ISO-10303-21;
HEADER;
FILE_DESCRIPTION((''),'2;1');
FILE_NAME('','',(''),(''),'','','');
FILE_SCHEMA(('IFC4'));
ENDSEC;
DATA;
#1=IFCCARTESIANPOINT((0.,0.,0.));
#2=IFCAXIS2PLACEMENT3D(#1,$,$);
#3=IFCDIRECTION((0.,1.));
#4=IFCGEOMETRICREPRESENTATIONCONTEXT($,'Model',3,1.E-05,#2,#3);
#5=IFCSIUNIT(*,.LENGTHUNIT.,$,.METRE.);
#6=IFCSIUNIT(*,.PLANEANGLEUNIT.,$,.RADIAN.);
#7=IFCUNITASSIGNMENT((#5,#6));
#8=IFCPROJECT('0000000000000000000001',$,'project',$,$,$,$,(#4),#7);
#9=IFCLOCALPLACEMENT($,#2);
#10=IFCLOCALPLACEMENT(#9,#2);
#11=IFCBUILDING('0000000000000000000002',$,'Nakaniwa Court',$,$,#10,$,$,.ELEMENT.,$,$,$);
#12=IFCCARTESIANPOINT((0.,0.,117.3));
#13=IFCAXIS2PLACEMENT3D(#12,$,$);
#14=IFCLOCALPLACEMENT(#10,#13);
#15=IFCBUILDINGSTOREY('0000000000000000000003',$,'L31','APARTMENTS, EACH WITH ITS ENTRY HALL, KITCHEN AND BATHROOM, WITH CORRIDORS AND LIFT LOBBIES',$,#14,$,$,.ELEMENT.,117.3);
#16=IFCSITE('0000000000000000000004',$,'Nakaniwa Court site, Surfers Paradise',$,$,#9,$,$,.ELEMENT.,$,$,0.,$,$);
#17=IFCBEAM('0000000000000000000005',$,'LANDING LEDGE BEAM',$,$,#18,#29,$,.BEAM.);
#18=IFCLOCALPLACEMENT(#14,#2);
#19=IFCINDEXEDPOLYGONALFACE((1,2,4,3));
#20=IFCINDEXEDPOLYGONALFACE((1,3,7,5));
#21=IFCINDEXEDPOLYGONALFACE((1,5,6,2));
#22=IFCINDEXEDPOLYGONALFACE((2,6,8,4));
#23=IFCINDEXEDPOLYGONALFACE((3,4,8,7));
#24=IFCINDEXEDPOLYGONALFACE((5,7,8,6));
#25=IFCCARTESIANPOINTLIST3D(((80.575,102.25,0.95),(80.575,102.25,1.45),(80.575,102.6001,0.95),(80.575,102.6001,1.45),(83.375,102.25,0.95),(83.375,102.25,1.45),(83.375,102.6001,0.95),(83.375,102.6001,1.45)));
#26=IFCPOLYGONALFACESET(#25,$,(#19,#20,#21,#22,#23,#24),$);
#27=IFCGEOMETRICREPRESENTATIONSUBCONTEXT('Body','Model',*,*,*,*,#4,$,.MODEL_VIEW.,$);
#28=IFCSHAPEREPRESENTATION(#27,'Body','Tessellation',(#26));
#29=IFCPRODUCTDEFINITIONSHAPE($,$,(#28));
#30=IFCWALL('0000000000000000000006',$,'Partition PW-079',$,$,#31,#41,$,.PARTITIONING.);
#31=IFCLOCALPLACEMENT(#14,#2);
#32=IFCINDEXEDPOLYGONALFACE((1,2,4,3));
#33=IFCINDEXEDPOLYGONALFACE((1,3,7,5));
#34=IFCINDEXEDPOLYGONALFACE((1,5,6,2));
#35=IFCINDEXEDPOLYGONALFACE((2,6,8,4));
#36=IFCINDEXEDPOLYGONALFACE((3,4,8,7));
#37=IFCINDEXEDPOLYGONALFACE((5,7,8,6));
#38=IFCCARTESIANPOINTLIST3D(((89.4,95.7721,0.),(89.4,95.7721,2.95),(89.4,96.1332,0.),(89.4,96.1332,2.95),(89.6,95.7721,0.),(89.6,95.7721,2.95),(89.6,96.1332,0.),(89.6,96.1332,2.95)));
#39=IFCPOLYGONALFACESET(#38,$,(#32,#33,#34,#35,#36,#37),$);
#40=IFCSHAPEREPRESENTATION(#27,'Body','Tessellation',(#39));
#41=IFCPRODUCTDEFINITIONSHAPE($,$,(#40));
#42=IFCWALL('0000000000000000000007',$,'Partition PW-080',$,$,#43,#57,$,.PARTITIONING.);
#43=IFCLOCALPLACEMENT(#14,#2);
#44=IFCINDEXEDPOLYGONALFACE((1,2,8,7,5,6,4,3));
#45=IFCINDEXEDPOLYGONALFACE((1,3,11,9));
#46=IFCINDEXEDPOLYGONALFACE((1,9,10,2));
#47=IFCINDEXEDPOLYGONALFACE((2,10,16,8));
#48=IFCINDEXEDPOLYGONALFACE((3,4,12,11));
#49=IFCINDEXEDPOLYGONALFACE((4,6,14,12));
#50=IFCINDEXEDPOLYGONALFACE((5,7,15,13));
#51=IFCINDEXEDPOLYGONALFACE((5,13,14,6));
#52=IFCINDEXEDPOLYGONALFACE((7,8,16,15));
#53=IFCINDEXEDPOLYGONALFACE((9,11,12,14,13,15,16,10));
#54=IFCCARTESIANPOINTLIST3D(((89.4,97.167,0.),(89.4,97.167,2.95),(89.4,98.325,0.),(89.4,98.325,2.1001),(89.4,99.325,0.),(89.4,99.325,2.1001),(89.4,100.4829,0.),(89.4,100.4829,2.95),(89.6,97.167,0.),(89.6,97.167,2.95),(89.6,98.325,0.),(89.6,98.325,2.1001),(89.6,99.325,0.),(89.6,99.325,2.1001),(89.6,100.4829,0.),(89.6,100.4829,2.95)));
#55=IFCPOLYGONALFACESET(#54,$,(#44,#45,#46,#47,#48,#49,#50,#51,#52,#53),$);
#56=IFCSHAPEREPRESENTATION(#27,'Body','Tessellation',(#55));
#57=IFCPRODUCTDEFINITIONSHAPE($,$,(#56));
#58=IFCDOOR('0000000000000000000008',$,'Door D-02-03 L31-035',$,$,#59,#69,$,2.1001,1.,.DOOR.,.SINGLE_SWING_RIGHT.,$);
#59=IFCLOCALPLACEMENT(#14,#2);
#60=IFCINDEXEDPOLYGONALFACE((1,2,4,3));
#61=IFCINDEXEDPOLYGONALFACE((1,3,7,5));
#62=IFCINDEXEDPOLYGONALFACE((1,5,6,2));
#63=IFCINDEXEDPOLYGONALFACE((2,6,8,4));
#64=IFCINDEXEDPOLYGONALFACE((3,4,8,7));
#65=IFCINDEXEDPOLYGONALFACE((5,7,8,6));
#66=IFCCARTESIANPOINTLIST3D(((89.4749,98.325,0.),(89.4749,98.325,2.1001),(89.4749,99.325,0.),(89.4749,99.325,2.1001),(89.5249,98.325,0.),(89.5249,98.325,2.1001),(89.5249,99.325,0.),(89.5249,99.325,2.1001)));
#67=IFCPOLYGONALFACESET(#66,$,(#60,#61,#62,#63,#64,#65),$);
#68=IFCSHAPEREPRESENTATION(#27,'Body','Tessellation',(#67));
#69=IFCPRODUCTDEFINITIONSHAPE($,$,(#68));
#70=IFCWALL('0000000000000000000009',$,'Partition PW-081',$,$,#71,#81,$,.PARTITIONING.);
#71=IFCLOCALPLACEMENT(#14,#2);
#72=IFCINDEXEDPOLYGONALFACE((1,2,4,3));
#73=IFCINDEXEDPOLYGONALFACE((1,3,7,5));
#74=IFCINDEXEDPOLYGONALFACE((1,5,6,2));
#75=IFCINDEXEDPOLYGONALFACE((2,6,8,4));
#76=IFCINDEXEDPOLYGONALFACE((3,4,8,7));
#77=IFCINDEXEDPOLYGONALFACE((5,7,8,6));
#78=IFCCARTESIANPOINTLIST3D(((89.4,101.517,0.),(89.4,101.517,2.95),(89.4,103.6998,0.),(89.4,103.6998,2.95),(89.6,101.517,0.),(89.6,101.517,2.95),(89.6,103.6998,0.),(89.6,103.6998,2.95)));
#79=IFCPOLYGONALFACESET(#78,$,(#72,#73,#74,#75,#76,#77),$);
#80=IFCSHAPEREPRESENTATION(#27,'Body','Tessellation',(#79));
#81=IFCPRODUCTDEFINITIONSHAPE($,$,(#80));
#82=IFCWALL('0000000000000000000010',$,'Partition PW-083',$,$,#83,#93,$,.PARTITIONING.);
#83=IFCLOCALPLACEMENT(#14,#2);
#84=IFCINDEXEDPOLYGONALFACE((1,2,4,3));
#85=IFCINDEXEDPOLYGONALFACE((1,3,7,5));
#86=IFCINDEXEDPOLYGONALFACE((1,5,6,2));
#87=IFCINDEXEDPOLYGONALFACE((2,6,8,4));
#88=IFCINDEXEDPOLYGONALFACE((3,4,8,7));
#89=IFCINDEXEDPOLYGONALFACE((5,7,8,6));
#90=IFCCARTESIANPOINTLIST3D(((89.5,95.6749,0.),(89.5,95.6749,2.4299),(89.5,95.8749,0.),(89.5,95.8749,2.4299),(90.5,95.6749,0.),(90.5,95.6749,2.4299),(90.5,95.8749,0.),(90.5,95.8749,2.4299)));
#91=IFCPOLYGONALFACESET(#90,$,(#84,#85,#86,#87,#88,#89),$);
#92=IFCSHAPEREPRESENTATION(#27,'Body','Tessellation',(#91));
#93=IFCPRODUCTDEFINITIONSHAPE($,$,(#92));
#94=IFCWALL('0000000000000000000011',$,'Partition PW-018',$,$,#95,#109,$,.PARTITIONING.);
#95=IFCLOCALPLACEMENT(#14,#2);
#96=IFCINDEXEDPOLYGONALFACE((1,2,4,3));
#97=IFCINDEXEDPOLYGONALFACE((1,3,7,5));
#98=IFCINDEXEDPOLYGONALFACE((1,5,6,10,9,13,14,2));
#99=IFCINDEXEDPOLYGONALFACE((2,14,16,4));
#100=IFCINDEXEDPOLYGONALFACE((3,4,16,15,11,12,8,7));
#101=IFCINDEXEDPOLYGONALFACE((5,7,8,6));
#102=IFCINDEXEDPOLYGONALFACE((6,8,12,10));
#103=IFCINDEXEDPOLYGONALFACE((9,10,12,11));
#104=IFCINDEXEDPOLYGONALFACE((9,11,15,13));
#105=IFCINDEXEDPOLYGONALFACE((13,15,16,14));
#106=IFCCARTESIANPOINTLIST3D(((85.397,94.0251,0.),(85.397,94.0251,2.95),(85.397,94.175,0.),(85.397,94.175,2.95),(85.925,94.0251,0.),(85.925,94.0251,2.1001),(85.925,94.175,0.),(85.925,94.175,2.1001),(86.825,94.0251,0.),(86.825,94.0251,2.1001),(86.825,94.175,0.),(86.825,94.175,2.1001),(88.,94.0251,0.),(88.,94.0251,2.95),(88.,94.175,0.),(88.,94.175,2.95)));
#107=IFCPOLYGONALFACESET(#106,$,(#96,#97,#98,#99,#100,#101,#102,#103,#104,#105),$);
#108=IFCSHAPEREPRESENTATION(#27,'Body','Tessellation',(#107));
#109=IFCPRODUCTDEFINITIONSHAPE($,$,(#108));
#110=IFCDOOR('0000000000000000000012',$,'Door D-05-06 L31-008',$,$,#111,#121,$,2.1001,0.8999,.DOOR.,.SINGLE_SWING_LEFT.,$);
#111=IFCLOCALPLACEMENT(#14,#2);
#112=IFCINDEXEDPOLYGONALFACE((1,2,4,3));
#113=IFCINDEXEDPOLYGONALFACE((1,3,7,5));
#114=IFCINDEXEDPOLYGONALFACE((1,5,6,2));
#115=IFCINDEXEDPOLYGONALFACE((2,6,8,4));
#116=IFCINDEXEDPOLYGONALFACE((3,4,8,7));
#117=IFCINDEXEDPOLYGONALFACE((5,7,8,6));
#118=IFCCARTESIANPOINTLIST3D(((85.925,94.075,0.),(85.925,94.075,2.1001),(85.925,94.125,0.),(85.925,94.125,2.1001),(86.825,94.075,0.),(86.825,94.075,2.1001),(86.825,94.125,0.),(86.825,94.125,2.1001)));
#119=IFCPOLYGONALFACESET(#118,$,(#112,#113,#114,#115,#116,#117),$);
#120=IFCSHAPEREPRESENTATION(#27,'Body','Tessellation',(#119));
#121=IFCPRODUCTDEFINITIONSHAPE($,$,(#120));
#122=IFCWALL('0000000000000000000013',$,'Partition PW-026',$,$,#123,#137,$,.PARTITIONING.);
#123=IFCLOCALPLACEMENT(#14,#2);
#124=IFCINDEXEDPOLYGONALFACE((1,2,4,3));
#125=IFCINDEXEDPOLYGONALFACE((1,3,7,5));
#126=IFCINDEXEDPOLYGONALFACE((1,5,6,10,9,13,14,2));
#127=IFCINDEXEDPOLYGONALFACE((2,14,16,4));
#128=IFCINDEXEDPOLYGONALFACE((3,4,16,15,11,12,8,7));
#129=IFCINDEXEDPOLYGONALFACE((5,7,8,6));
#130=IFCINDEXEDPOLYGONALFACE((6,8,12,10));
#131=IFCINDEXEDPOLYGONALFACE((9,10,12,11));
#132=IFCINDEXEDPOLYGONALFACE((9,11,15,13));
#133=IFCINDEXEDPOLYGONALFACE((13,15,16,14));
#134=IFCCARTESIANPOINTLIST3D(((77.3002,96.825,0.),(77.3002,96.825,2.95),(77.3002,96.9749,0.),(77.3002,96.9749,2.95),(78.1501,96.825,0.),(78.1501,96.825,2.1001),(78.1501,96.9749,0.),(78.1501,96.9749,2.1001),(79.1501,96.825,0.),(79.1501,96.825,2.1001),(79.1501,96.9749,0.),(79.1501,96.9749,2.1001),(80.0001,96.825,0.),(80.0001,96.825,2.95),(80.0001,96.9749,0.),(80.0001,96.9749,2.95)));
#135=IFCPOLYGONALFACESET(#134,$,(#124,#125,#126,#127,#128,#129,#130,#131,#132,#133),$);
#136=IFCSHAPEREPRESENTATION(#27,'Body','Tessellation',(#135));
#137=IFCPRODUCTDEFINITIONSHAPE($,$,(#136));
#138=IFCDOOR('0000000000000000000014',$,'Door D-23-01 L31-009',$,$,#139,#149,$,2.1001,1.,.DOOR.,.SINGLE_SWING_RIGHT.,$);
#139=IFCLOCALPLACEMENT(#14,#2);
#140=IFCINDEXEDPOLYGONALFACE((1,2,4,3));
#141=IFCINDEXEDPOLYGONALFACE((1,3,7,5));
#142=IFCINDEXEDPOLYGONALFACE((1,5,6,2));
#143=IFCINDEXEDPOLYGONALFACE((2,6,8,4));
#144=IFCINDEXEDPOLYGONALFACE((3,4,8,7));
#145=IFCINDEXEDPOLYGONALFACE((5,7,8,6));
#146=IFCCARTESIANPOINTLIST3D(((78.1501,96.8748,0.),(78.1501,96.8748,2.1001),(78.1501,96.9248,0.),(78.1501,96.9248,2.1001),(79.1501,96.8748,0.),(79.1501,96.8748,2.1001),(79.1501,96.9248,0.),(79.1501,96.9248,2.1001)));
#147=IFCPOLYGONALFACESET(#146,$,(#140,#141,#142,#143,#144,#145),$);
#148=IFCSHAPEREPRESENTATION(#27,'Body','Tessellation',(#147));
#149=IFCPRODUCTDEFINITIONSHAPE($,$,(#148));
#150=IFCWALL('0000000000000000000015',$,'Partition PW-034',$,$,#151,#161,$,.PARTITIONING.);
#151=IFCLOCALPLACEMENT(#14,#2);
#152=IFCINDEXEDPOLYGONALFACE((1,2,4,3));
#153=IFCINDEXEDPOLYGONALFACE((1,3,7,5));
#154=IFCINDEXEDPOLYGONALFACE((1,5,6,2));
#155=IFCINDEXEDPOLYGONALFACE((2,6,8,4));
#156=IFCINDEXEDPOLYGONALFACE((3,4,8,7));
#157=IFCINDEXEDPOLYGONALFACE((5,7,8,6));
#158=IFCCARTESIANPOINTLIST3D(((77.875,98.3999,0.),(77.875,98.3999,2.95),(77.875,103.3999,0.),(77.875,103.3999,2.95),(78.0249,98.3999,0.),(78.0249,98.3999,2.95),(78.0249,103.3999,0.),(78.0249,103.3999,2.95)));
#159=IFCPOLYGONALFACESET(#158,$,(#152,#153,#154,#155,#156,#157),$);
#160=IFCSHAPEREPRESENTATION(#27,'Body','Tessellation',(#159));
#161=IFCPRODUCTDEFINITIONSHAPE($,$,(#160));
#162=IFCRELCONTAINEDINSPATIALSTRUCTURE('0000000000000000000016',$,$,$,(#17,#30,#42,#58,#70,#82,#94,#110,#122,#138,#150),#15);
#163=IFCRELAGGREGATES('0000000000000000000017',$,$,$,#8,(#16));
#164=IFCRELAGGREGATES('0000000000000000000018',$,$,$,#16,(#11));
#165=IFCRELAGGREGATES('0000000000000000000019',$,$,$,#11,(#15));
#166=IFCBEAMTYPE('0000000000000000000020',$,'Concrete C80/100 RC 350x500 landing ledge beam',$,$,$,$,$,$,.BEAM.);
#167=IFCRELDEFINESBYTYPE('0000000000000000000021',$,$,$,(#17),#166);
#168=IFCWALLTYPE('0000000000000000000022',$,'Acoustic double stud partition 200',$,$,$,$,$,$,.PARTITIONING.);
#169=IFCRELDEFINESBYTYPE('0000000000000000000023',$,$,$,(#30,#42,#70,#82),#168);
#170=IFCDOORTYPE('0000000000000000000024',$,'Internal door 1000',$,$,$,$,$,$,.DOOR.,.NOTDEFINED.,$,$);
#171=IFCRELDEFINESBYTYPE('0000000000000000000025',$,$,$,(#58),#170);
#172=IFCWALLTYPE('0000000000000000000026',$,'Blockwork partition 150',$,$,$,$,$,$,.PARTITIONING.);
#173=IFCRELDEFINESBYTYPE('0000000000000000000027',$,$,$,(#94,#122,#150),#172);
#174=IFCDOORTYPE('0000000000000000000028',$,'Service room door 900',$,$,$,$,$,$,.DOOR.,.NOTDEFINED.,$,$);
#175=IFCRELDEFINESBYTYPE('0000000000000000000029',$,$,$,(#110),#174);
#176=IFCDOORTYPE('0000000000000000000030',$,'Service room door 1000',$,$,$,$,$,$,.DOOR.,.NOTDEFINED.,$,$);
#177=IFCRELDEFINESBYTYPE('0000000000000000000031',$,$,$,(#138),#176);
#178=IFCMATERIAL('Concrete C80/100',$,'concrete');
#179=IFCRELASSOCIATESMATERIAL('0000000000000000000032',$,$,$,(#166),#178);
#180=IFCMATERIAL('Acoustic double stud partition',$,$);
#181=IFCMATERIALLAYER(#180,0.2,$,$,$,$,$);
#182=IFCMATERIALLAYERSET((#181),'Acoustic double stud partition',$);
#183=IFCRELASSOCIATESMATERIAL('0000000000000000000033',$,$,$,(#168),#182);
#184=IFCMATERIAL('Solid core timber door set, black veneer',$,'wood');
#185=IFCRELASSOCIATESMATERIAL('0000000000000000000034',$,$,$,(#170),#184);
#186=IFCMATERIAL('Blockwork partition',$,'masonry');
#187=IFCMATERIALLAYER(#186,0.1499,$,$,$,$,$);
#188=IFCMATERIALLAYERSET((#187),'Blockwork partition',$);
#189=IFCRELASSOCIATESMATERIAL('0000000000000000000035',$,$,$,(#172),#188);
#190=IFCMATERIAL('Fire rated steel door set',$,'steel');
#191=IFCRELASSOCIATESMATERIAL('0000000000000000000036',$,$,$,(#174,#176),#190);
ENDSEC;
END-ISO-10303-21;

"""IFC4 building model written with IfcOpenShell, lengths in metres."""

from ifc_helpers import new_model, si_unit, direction, frame, frame_2d, origin, origin_2d, place, context, subcontext, project, spatial, rectangle, extrude, material, layer, layer_set, material_profile, profile_set, type_object, element, fill, save


model = new_model("IFC4")

# Units and contexts
model_context = context("Model", 3, precision=1e-05, world=origin(), true_north=direction((0.0, 1.0)))
body_context = subcontext(model_context, "Body", "Model", "MODEL_VIEW")
ifc_project = project(units=[si_unit("LENGTHUNIT", "METRE"), si_unit("PLANEANGLEUNIT", "RADIAN")], contexts=[model_context])

# Site, building, storey
site_placement = place(None, origin())
site = spatial("IfcSite", under=ifc_project, at=site_placement, Name="Nakaniwa Court site, Surfers Paradise", CompositionType="ELEMENT", RefElevation=0.0)
building_placement = place(site_placement, origin())
building = spatial("IfcBuilding", under=site, at=building_placement, Name="Nakaniwa Court", CompositionType="ELEMENT")
storey_placement = place(building_placement, frame((0.0, 0.0, 117.3)))
storey = spatial("IfcBuildingStorey", under=building, at=storey_placement, Name="L31", Description="APARTMENTS, EACH WITH ITS ENTRY HALL, KITCHEN AND BATHROOM, WITH CORRIDORS AND LIFT LOBBIES", CompositionType="ELEMENT", Elevation=117.3)

# Beam
ifc_material_1 = material(Name="Concrete C80/100", Category="concrete")
ifc_material_profile = material_profile(ifc_material_1, rectangle(XDim=0.3501, YDim=0.5, at=origin_2d()), Name="Concrete C80/100 RC 350x500 landing ledge beam")
ifc_profile_set = profile_set([ifc_material_profile], Name="Concrete C80/100")
beam_type = type_object("IfcBeamType", Name="Concrete C80/100 RC 350x500 landing ledge beam", PredefinedType="BEAM", material=ifc_profile_set)
beam_placement = place(storey_placement, frame((80.575, 102.425, 1.2), z_axis=(1.0, 0.0, 0.0), x_axis=(0.0, 1.0, 0.0)))
element("IfcBeam", 1, at=beam_placement, inside=storey, type_object=beam_type, Name="LANDING LEDGE BEAM", PredefinedType="BEAM", context=body_context, shape_type="SweptSolid", body=[
    extrude(rectangle(XDim=0.3501, YDim=0.5, at=origin_2d()), origin(), (0.0, 0.0, 1.0), 2.8),
])

# Wall
ifc_material_2 = material(Name="Acoustic double stud partition")
ifc_layer_1 = layer(ifc_material_2, 0.2)
ifc_layer_set_1 = layer_set([ifc_layer_1], Name="Acoustic double stud partition")
wall_type_1 = type_object("IfcWallType", Name="Acoustic double stud partition 200", PredefinedType="PARTITIONING", material=ifc_layer_set_1)
wall_1_placement = place(storey_placement, frame((89.5, 95.772, 0.0), z_axis=(0.0, 0.0, 1.0), x_axis=(0.0, 1.0, 0.0)))
element("IfcWall", 2, at=wall_1_placement, inside=storey, type_object=wall_type_1, Name="Partition PW-079", PredefinedType="PARTITIONING", context=body_context, shape_type="SweptSolid", body=[
    extrude(rectangle(XDim=0.3611, YDim=0.2, at=frame_2d((0.1807, 0.0))), origin(), (0.0, 0.0, 1.0), 2.95),
])

# Wall, opening, door
wall_2_placement = place(storey_placement, frame((89.5, 100.4829, 0.0), z_axis=(0.0, 0.0, 1.0), x_axis=(0.0, -1.0, 0.0)))
wall_2 = element("IfcWall", 3, at=wall_2_placement, inside=storey, type_object=wall_type_1, Name="Partition PW-080", PredefinedType="PARTITIONING", context=body_context, shape_type="SweptSolid", body=[
    extrude(rectangle(XDim=3.3159, YDim=0.2, at=frame_2d((1.658, 0.0))), origin(), (0.0, 0.0, 1.0), 2.95),
])
opening_1_placement = place(wall_2_placement, frame((1.158, 0.0, 0.0)))
opening_1 = element("IfcOpeningElement", 4, at=opening_1_placement, cuts=wall_2, PredefinedType="OPENING", context=body_context, shape_type="SweptSolid", body=[
    extrude(rectangle(XDim=1.0, YDim=2.1001, at=frame_2d((0.5, 1.05))), frame((0.0, 0.1099, 0.0), z_axis=(0.0, -1.0, 0.0), x_axis=(1.0, 0.0, 0.0)), (0.0, 0.0, 1.0), 0.22),
])
ifc_material_3 = material(Name="Solid core timber door set, black veneer", Category="wood")
door_type_1 = type_object("IfcDoorType", Name="Internal door 1000", OperationType="NOTDEFINED", PredefinedType="DOOR", material=ifc_material_3)
door_1_placement = place(opening_1_placement, origin())
door_1 = element("IfcDoor", 5, at=door_1_placement, inside=storey, type_object=door_type_1, Name="Door D-02-03 L31-035", OperationType="SINGLE_SWING_RIGHT", OverallHeight=2.1001, OverallWidth=1.0, PredefinedType="DOOR", context=body_context, shape_type="SweptSolid", body=[
    extrude(rectangle(XDim=1.0, YDim=2.1001, at=frame_2d((0.5, 1.05))), frame((0.0, 0.0249, 0.0), z_axis=(0.0, -1.0, 0.0), x_axis=(1.0, 0.0, 0.0)), (0.0, 0.0, 1.0), 0.05),
])
fill(opening_1, door_1)

# Walls
wall_3_placement = place(storey_placement, frame((89.5, 101.5171, 0.0), z_axis=(0.0, 0.0, 1.0), x_axis=(0.0, 1.0, 0.0)))
element("IfcWall", 6, at=wall_3_placement, inside=storey, type_object=wall_type_1, Name="Partition PW-081", PredefinedType="PARTITIONING", context=body_context, shape_type="SweptSolid", body=[
    extrude(rectangle(XDim=2.1829, YDim=0.2, at=frame_2d((1.0913, 0.0))), origin(), (0.0, 0.0, 1.0), 2.95),
])
wall_4_placement = place(storey_placement, frame((89.5, 95.7749, 0.0), z_axis=(0.0, 0.0, 1.0), x_axis=(1.0, 0.0, 0.0)))
element("IfcWall", 7, at=wall_4_placement, inside=storey, type_object=wall_type_1, Name="Partition PW-083", PredefinedType="PARTITIONING", context=body_context, shape_type="SweptSolid", body=[
    extrude(rectangle(XDim=1.0, YDim=0.2, at=frame_2d((0.5, 0.0))), origin(), (0.0, 0.0, 1.0), 2.4299),
])

# Walls, openings, doors
ifc_material_4 = material(Name="Blockwork partition", Category="masonry")
ifc_layer_2 = layer(ifc_material_4, 0.1499)
ifc_layer_set_2 = layer_set([ifc_layer_2], Name="Blockwork partition")
wall_type_2 = type_object("IfcWallType", Name="Blockwork partition 150", PredefinedType="PARTITIONING", material=ifc_layer_set_2)
wall_5_placement = place(storey_placement, frame((85.397, 94.1001, 0.0), z_axis=(0.0, 0.0, 1.0), x_axis=(1.0, 0.0, 0.0)))
wall_5 = element("IfcWall", 8, at=wall_5_placement, inside=storey, type_object=wall_type_2, Name="Partition PW-018", PredefinedType="PARTITIONING", context=body_context, shape_type="SweptSolid", body=[
    extrude(rectangle(XDim=2.603, YDim=0.1499, at=frame_2d((1.3015, 0.0))), origin(), (0.0, 0.0, 1.0), 2.95),
])
opening_2_placement = place(wall_5_placement, frame((0.5281, 0.0, 0.0)))
opening_2 = element("IfcOpeningElement", 9, at=opening_2_placement, cuts=wall_5, PredefinedType="OPENING", context=body_context, shape_type="SweptSolid", body=[
    extrude(rectangle(XDim=0.8999, YDim=2.1001, at=frame_2d((0.45, 1.05))), frame((0.0, 0.085, 0.0), z_axis=(0.0, -1.0, 0.0), x_axis=(1.0, 0.0, 0.0)), (0.0, 0.0, 1.0), 0.1699),
])
ifc_material_5 = material(Name="Fire rated steel door set", Category="steel")
door_type_2 = type_object("IfcDoorType", Name="Service room door 900", OperationType="NOTDEFINED", PredefinedType="DOOR", material=ifc_material_5)
door_2_placement = place(opening_2_placement, origin())
door_2 = element("IfcDoor", 10, at=door_2_placement, inside=storey, type_object=door_type_2, Name="Door D-05-06 L31-008", OperationType="SINGLE_SWING_LEFT", OverallHeight=2.1001, OverallWidth=0.8999, PredefinedType="DOOR", context=body_context, shape_type="SweptSolid", body=[
    extrude(rectangle(XDim=0.8999, YDim=2.1001, at=frame_2d((0.45, 1.05))), frame((0.0, 0.0249, 0.0), z_axis=(0.0, -1.0, 0.0), x_axis=(1.0, 0.0, 0.0)), (0.0, 0.0, 1.0), 0.05),
])
fill(opening_2, door_2)
wall_6_placement = place(storey_placement, frame((77.3, 96.8999, 0.0), z_axis=(0.0, 0.0, 1.0), x_axis=(1.0, 0.0, 0.0)))
wall_6 = element("IfcWall", 11, at=wall_6_placement, inside=storey, type_object=wall_type_2, Name="Partition PW-026", PredefinedType="PARTITIONING", context=body_context, shape_type="SweptSolid", body=[
    extrude(rectangle(XDim=2.7, YDim=0.1499, at=frame_2d((1.3501, 0.0))), origin(), (0.0, 0.0, 1.0), 2.95),
])
opening_3_placement = place(wall_6_placement, frame((0.8501, 0.0, 0.0)))
opening_3 = element("IfcOpeningElement", 12, at=opening_3_placement, cuts=wall_6, PredefinedType="OPENING", context=body_context, shape_type="SweptSolid", body=[
    extrude(rectangle(XDim=1.0, YDim=2.1001, at=frame_2d((0.5, 1.05))), frame((0.0, 0.085, 0.0), z_axis=(0.0, -1.0, 0.0), x_axis=(1.0, 0.0, 0.0)), (0.0, 0.0, 1.0), 0.1699),
])
door_type_3 = type_object("IfcDoorType", Name="Service room door 1000", OperationType="NOTDEFINED", PredefinedType="DOOR", material=ifc_material_5)
door_3_placement = place(opening_3_placement, origin())
door_3 = element("IfcDoor", 13, at=door_3_placement, inside=storey, type_object=door_type_3, Name="Door D-23-01 L31-009", OperationType="SINGLE_SWING_RIGHT", OverallHeight=2.1001, OverallWidth=1.0, PredefinedType="DOOR", context=body_context, shape_type="SweptSolid", body=[
    extrude(rectangle(XDim=1.0, YDim=2.1001, at=frame_2d((0.5, 1.05))), frame((0.0, 0.0249, 0.0), z_axis=(0.0, -1.0, 0.0), x_axis=(1.0, 0.0, 0.0)), (0.0, 0.0, 1.0), 0.05),
])
fill(opening_3, door_3)

# Wall
wall_7_placement = place(storey_placement, frame((77.95, 98.3999, 0.0), z_axis=(0.0, 0.0, 1.0), x_axis=(0.0, 1.0, 0.0)))
element("IfcWall", 14, at=wall_7_placement, inside=storey, type_object=wall_type_2, Name="Partition PW-034", PredefinedType="PARTITIONING", context=body_context, shape_type="SweptSolid", body=[
    extrude(rectangle(XDim=5.0, YDim=0.1499, at=frame_2d((2.5, 0.0))), origin(), (0.0, 0.0, 1.0), 2.95),
])

save(model, "model.ifc")
